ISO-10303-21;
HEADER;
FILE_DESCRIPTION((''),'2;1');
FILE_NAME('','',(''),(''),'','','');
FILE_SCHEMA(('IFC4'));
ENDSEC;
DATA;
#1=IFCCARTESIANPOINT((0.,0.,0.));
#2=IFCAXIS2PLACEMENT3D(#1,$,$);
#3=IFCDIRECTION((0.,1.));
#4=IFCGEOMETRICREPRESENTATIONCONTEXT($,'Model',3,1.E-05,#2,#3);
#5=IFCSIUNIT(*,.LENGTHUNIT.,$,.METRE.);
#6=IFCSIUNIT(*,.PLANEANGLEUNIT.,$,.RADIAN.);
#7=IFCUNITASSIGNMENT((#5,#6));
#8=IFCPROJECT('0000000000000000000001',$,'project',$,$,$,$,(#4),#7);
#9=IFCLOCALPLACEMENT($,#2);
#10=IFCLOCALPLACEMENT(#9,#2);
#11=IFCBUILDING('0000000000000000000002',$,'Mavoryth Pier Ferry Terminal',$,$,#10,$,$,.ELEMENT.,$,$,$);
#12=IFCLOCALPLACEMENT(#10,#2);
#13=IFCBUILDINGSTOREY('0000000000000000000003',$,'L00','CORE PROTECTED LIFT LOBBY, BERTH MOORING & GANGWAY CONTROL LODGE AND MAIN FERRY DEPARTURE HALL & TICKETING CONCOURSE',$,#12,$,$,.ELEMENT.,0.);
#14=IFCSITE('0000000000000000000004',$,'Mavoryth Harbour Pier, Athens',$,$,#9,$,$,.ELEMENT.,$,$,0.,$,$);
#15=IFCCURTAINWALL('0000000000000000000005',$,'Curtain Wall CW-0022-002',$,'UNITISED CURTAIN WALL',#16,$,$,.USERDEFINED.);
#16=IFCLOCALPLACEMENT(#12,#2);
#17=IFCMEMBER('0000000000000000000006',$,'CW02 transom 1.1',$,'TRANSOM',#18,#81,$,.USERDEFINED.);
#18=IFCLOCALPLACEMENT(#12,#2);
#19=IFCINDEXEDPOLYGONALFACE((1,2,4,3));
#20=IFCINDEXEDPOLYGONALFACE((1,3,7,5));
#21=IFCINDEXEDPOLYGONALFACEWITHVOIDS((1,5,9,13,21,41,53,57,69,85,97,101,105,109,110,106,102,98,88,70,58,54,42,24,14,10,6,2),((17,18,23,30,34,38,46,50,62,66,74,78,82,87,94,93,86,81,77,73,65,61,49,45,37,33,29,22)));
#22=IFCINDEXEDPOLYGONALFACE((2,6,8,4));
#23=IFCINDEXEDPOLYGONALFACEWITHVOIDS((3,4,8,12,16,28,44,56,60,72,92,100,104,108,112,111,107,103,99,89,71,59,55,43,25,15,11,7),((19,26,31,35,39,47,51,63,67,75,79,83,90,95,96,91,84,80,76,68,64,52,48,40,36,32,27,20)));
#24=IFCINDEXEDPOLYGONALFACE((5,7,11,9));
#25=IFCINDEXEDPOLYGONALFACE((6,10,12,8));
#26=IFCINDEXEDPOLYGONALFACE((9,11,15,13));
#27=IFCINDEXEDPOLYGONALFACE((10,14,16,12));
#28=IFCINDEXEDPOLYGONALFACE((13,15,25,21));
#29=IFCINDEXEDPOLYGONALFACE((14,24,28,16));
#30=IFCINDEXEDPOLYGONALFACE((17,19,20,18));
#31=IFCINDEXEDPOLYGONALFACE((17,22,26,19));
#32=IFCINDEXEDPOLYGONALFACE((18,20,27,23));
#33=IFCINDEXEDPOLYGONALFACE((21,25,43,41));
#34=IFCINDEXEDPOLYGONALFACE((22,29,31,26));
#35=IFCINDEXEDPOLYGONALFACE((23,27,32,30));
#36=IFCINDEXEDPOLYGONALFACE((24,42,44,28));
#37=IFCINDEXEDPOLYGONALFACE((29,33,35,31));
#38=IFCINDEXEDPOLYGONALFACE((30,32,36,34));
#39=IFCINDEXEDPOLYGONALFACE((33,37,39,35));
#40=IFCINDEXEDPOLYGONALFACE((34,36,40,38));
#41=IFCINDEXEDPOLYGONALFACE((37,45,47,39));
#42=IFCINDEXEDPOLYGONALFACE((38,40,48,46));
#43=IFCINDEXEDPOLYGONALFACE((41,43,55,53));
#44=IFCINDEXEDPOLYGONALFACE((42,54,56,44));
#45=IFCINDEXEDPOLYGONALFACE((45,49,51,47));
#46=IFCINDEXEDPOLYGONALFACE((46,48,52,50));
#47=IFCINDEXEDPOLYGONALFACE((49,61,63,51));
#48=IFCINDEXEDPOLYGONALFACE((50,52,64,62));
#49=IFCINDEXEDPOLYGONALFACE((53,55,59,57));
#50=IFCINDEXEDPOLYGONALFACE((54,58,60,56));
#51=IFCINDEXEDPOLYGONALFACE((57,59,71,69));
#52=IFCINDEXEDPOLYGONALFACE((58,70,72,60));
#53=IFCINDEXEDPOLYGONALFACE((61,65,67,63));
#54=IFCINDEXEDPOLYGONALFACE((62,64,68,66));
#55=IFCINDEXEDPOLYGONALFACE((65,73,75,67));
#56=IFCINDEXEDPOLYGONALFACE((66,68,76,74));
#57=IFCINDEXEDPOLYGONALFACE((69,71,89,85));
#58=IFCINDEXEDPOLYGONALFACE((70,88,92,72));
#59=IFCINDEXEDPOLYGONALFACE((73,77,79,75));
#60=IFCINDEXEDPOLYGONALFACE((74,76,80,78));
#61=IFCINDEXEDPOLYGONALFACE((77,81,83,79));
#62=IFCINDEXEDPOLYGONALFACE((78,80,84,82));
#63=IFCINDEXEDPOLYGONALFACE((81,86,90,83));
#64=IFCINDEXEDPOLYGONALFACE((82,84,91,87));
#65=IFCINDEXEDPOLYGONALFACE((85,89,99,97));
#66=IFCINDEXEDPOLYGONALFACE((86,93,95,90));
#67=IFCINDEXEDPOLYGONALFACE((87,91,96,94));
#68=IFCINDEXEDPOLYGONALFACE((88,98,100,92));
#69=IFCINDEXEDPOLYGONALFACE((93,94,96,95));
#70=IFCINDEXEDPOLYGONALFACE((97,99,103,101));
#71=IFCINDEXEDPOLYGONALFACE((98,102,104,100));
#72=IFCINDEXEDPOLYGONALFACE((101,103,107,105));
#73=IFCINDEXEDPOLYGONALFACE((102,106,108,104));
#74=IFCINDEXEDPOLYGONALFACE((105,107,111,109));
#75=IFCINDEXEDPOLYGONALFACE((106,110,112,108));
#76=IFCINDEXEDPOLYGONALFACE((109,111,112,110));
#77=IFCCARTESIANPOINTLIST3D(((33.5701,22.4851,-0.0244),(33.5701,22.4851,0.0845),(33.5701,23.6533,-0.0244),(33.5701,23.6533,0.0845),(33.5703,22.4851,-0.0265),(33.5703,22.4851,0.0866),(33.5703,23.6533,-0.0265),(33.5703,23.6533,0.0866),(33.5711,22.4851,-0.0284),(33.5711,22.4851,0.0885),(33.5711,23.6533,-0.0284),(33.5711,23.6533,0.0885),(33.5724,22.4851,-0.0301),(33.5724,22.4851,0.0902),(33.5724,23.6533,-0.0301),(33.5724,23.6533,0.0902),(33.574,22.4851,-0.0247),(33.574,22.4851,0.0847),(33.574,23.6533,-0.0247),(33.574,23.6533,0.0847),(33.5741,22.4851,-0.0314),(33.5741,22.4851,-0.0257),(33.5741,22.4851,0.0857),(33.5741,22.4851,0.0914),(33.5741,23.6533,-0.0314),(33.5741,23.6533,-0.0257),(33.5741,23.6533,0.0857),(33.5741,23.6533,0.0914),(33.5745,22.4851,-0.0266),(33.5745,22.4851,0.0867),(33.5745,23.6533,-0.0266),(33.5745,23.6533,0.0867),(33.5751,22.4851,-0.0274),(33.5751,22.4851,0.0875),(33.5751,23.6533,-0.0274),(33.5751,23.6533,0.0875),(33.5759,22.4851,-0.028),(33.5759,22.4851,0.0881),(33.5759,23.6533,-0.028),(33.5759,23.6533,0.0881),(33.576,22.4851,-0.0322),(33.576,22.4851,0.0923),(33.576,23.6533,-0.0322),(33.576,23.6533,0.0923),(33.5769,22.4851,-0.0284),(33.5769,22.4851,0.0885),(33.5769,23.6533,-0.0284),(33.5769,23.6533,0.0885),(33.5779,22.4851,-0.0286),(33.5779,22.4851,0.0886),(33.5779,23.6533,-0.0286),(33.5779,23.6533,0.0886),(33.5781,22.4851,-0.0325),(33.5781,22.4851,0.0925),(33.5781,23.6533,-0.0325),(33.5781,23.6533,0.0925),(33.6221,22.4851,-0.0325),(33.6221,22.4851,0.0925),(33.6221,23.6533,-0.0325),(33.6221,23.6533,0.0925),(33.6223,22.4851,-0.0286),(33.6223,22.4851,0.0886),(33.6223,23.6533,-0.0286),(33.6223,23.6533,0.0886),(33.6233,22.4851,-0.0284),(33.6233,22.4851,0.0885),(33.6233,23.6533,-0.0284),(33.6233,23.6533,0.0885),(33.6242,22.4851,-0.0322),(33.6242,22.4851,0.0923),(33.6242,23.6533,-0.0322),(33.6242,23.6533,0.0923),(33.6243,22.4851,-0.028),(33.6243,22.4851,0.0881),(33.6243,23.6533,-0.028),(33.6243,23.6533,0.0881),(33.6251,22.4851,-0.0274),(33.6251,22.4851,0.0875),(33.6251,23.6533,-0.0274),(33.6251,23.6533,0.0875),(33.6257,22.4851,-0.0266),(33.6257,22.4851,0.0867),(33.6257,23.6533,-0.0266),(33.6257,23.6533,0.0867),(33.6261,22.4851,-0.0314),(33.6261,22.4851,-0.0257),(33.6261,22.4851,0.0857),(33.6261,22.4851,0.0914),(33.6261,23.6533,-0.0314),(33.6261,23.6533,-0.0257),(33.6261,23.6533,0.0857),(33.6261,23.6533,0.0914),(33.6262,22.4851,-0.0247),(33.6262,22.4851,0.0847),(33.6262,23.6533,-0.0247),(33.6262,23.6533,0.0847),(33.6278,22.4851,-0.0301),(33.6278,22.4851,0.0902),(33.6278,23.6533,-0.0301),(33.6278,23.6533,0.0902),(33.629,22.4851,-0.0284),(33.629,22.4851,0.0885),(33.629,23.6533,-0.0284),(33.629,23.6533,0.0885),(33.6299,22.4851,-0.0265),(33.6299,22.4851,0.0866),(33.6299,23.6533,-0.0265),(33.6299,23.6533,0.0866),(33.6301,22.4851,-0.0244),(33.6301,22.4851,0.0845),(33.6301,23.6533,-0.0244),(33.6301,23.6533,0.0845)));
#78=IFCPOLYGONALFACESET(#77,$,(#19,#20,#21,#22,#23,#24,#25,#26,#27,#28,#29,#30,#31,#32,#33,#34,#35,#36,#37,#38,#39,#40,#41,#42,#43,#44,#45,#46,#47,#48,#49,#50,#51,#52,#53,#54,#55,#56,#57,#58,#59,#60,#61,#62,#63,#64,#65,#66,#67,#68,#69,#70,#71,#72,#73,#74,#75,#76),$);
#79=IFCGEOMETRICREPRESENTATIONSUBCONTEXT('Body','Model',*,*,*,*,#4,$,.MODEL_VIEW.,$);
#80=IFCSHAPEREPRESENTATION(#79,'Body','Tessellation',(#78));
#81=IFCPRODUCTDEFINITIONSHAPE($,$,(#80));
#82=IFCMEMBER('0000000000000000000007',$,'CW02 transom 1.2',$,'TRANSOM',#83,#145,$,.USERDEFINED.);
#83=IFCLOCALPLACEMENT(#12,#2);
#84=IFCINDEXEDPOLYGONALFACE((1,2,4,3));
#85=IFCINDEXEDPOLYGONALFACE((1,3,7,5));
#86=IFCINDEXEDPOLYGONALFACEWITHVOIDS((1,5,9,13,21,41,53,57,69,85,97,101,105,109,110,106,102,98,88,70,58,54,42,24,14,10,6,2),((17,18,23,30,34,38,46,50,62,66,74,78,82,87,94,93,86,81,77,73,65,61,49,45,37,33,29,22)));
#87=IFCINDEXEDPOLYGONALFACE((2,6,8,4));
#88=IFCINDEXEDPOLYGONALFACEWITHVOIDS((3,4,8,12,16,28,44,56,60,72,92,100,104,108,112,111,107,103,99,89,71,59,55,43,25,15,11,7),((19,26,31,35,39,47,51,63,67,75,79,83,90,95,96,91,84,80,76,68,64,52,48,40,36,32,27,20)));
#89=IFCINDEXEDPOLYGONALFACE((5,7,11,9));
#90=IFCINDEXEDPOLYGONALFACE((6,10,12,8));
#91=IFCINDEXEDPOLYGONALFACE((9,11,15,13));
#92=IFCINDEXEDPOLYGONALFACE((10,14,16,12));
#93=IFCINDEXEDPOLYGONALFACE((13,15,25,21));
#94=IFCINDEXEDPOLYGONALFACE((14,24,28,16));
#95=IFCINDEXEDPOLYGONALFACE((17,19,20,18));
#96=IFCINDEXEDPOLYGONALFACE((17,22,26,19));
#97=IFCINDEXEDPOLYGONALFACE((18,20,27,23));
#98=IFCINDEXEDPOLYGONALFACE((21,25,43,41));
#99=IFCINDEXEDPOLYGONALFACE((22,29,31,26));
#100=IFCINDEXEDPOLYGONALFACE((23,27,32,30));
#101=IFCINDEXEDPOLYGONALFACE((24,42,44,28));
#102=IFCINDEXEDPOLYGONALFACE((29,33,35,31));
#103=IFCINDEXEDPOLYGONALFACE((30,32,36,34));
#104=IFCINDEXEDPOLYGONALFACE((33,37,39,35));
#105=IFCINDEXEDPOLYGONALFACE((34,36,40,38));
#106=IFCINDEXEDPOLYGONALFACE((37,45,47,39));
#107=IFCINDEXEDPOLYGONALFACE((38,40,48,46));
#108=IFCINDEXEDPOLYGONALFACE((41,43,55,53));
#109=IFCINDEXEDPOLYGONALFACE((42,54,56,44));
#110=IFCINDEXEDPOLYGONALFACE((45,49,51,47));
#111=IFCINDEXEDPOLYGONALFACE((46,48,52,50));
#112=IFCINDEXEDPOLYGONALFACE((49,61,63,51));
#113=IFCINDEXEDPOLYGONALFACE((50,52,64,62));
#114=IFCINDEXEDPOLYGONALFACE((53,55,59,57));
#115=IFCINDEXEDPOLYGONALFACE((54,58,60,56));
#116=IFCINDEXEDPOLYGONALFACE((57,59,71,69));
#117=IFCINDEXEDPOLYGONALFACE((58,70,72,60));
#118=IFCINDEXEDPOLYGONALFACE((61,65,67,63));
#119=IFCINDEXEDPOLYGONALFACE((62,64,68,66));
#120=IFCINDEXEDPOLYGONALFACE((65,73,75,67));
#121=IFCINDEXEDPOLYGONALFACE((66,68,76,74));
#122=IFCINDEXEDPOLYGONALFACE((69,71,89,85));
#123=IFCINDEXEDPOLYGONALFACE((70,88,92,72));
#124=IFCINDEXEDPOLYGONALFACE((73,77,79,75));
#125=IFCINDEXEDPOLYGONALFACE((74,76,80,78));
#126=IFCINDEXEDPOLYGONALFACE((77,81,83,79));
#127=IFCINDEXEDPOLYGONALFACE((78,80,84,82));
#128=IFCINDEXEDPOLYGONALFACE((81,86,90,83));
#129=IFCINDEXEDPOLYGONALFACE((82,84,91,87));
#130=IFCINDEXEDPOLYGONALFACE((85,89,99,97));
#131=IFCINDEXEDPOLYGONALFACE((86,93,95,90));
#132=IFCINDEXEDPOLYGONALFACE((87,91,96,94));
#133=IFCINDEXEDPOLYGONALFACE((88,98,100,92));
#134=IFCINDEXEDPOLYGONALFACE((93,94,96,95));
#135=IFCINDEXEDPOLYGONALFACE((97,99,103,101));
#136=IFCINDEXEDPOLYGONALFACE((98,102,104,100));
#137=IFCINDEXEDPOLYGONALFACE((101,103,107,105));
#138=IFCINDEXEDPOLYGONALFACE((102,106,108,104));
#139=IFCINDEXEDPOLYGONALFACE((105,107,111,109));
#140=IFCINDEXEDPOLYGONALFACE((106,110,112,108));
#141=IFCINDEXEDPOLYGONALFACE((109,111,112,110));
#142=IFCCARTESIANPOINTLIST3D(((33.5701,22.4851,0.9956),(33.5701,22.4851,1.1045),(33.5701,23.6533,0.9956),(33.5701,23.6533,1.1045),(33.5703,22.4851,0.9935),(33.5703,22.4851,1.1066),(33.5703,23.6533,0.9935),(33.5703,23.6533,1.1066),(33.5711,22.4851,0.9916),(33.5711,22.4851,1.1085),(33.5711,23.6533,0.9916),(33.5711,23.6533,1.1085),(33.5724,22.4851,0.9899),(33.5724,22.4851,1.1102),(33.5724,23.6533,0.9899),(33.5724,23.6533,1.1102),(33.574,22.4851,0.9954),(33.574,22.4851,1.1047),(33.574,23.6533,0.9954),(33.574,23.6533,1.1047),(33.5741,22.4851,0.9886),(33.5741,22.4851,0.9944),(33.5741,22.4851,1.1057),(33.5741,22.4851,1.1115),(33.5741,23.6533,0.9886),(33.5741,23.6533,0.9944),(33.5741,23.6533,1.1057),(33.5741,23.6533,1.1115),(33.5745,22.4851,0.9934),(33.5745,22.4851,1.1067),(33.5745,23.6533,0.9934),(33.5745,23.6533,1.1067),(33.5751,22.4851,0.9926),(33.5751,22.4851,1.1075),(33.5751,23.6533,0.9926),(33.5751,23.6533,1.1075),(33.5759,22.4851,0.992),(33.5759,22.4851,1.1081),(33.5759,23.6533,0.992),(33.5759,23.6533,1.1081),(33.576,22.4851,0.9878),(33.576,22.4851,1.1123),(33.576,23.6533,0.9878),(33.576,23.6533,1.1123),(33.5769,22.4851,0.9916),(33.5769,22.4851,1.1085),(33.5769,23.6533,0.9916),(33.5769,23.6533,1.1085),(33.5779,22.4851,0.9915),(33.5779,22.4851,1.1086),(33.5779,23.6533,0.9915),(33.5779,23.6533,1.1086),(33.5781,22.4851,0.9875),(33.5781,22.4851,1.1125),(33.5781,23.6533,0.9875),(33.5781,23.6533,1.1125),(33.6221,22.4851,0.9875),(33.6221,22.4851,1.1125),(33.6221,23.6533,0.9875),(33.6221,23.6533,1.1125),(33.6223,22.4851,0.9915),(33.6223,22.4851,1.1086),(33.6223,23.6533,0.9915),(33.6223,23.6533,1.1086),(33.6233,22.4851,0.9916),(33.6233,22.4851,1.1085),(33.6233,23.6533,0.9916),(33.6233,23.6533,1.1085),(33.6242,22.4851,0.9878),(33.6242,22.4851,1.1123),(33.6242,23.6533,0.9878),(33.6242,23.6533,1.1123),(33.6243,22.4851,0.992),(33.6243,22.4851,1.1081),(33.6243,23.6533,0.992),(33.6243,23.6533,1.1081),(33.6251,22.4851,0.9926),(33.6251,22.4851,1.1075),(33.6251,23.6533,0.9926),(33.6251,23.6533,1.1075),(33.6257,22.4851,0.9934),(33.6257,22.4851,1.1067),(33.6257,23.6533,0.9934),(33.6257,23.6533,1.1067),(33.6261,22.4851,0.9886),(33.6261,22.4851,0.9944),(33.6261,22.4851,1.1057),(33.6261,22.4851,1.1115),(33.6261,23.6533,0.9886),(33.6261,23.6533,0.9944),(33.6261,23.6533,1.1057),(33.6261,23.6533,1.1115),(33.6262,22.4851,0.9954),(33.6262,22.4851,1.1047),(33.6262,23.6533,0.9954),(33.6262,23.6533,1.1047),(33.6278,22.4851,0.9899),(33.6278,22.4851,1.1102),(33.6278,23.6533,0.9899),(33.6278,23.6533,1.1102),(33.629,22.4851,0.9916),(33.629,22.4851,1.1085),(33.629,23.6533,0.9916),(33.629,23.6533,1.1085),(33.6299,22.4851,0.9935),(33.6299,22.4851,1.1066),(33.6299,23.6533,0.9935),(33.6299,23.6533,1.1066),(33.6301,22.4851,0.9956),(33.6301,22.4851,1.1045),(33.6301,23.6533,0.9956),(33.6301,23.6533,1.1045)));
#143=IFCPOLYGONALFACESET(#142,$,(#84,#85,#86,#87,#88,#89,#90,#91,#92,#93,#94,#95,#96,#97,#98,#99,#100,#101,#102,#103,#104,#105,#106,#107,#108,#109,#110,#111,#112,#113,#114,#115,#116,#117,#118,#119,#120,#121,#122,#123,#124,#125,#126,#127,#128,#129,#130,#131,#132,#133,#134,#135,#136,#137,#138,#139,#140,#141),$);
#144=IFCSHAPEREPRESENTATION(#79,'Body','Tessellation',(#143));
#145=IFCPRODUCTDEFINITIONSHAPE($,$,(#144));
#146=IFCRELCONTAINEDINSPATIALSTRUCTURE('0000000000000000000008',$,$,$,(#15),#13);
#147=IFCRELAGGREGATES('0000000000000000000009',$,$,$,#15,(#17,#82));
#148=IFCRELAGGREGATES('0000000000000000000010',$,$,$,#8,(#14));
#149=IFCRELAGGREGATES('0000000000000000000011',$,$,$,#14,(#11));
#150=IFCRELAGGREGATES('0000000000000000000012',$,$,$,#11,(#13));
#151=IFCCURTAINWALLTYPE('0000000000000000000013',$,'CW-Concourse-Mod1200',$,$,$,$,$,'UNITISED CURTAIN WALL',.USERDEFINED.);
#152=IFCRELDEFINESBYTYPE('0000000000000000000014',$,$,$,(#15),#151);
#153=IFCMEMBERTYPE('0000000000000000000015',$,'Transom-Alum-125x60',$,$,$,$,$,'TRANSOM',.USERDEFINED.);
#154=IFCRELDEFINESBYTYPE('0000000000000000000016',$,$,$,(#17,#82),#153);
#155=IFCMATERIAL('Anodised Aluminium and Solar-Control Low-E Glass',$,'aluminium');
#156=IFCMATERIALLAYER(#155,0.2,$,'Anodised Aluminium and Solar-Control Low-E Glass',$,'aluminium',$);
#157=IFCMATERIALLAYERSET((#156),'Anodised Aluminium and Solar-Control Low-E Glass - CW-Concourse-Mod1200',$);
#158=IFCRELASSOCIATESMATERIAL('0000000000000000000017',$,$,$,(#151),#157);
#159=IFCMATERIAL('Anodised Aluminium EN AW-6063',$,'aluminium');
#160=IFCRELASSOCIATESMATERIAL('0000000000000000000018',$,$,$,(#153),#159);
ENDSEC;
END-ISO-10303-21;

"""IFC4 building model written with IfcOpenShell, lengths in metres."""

from ifc_helpers import new_model, si_unit, direction, frame, origin, origin_2d, place, context, subcontext, project, spatial, hollow_rectangle, extrude, material, layer, layer_set, material_profile, profile_set, type_object, element, aggregate, save


model = new_model("IFC4")

# Units and contexts
model_context = context("Model", 3, precision=1e-05, world=origin(), true_north=direction((0.0, 1.0)))
body_context = subcontext(model_context, "Body", "Model", "MODEL_VIEW")
ifc_project = project(units=[si_unit("LENGTHUNIT", "METRE"), si_unit("PLANEANGLEUNIT", "RADIAN")], contexts=[model_context])

# Site, building, storey
site_placement = place(None, origin())
site = spatial("IfcSite", under=ifc_project, at=site_placement, Name="Mavoryth Harbour Pier, Athens", CompositionType="ELEMENT", RefElevation=0.0)
building_placement = place(site_placement, origin())
building = spatial("IfcBuilding", under=site, at=building_placement, Name="Mavoryth Pier Ferry Terminal", CompositionType="ELEMENT")
storey_placement = place(building_placement, origin())
storey = spatial("IfcBuildingStorey", under=building, at=storey_placement, Name="L00", Description="CORE PROTECTED LIFT LOBBY, BERTH MOORING & GANGWAY CONTROL LODGE AND MAIN FERRY DEPARTURE HALL & TICKETING CONCOURSE", CompositionType="ELEMENT", Elevation=0.0)

# Curtain wall, members
ifc_material_1 = material(Name="Anodised Aluminium and Solar-Control Low-E Glass", Category="aluminium")
ifc_layer_1 = layer(ifc_material_1, 0.2, Name="Anodised Aluminium and Solar-Control Low-E Glass", Category="aluminium")
ifc_layer_set_1 = layer_set([ifc_layer_1], Name="Anodised Aluminium and Solar-Control Low-E Glass - CW-Concourse-Mod1200")
curtain_wall_type = type_object("IfcCurtainWallType", Name="CW-Concourse-Mod1200", ElementType="UNITISED CURTAIN WALL", PredefinedType="USERDEFINED", material=ifc_layer_set_1)
curtain_wall_placement = place(storey_placement, origin())
curtain_wall = element("IfcCurtainWall", 1, at=curtain_wall_placement, inside=storey, type_object=curtain_wall_type, Name="Curtain Wall CW-0022-002", ObjectType="UNITISED CURTAIN WALL", PredefinedType="USERDEFINED")
ifc_material_2 = material(Name="Anodised Aluminium EN AW-6063", Category="aluminium")
ifc_material_profile_1 = material_profile(ifc_material_2, hollow_rectangle(XDim=0.0601, YDim=0.125, WallThickness=0.0039, InnerFilletRadius=0.0039, OuterFilletRadius=0.0081, at=origin_2d()), Name="AL-TRAN 125x60x4", Category="aluminium")
ifc_profile_set_1 = profile_set([ifc_material_profile_1], Name="Anodised Aluminium EN AW-6063 - AL-TRAN 125x60x4")
member_type_1 = type_object("IfcMemberType", Name="Transom-Alum-125x60", ElementType="TRANSOM", PredefinedType="USERDEFINED", material=ifc_profile_set_1)
member_1_placement = place(storey_placement, frame((33.6001, 22.4851, 0.03), z_axis=(0.0, 1.0, 0.0), x_axis=(-1.0, 0.0, 0.0)))
member_1 = element("IfcMember", 2, at=member_1_placement, type_object=member_type_1, Name="CW02 transom 1.1", ObjectType="TRANSOM", PredefinedType="USERDEFINED", context=body_context, shape_type="SweptSolid", body=[
    extrude(hollow_rectangle(XDim=0.0601, YDim=0.125, WallThickness=0.0039, InnerFilletRadius=0.0039, OuterFilletRadius=0.0081, at=origin_2d()), origin(), (0.0, 0.0, 1.0), 1.1682),
])
member_2_placement = place(storey_placement, frame((33.6001, 22.4851, 1.05), z_axis=(0.0, 1.0, 0.0), x_axis=(-1.0, 0.0, 0.0)))
member_2 = element("IfcMember", 3, at=member_2_placement, type_object=member_type_1, Name="CW02 transom 1.2", ObjectType="TRANSOM", PredefinedType="USERDEFINED", context=body_context, shape_type="SweptSolid", body=[
    extrude(hollow_rectangle(XDim=0.0601, YDim=0.125, WallThickness=0.0039, InnerFilletRadius=0.0039, OuterFilletRadius=0.0081, at=origin_2d()), origin(), (0.0, 0.0, 1.0), 1.1682),
])
aggregate(curtain_wall, [member_1, member_2])

save(model, "model.ifc")
